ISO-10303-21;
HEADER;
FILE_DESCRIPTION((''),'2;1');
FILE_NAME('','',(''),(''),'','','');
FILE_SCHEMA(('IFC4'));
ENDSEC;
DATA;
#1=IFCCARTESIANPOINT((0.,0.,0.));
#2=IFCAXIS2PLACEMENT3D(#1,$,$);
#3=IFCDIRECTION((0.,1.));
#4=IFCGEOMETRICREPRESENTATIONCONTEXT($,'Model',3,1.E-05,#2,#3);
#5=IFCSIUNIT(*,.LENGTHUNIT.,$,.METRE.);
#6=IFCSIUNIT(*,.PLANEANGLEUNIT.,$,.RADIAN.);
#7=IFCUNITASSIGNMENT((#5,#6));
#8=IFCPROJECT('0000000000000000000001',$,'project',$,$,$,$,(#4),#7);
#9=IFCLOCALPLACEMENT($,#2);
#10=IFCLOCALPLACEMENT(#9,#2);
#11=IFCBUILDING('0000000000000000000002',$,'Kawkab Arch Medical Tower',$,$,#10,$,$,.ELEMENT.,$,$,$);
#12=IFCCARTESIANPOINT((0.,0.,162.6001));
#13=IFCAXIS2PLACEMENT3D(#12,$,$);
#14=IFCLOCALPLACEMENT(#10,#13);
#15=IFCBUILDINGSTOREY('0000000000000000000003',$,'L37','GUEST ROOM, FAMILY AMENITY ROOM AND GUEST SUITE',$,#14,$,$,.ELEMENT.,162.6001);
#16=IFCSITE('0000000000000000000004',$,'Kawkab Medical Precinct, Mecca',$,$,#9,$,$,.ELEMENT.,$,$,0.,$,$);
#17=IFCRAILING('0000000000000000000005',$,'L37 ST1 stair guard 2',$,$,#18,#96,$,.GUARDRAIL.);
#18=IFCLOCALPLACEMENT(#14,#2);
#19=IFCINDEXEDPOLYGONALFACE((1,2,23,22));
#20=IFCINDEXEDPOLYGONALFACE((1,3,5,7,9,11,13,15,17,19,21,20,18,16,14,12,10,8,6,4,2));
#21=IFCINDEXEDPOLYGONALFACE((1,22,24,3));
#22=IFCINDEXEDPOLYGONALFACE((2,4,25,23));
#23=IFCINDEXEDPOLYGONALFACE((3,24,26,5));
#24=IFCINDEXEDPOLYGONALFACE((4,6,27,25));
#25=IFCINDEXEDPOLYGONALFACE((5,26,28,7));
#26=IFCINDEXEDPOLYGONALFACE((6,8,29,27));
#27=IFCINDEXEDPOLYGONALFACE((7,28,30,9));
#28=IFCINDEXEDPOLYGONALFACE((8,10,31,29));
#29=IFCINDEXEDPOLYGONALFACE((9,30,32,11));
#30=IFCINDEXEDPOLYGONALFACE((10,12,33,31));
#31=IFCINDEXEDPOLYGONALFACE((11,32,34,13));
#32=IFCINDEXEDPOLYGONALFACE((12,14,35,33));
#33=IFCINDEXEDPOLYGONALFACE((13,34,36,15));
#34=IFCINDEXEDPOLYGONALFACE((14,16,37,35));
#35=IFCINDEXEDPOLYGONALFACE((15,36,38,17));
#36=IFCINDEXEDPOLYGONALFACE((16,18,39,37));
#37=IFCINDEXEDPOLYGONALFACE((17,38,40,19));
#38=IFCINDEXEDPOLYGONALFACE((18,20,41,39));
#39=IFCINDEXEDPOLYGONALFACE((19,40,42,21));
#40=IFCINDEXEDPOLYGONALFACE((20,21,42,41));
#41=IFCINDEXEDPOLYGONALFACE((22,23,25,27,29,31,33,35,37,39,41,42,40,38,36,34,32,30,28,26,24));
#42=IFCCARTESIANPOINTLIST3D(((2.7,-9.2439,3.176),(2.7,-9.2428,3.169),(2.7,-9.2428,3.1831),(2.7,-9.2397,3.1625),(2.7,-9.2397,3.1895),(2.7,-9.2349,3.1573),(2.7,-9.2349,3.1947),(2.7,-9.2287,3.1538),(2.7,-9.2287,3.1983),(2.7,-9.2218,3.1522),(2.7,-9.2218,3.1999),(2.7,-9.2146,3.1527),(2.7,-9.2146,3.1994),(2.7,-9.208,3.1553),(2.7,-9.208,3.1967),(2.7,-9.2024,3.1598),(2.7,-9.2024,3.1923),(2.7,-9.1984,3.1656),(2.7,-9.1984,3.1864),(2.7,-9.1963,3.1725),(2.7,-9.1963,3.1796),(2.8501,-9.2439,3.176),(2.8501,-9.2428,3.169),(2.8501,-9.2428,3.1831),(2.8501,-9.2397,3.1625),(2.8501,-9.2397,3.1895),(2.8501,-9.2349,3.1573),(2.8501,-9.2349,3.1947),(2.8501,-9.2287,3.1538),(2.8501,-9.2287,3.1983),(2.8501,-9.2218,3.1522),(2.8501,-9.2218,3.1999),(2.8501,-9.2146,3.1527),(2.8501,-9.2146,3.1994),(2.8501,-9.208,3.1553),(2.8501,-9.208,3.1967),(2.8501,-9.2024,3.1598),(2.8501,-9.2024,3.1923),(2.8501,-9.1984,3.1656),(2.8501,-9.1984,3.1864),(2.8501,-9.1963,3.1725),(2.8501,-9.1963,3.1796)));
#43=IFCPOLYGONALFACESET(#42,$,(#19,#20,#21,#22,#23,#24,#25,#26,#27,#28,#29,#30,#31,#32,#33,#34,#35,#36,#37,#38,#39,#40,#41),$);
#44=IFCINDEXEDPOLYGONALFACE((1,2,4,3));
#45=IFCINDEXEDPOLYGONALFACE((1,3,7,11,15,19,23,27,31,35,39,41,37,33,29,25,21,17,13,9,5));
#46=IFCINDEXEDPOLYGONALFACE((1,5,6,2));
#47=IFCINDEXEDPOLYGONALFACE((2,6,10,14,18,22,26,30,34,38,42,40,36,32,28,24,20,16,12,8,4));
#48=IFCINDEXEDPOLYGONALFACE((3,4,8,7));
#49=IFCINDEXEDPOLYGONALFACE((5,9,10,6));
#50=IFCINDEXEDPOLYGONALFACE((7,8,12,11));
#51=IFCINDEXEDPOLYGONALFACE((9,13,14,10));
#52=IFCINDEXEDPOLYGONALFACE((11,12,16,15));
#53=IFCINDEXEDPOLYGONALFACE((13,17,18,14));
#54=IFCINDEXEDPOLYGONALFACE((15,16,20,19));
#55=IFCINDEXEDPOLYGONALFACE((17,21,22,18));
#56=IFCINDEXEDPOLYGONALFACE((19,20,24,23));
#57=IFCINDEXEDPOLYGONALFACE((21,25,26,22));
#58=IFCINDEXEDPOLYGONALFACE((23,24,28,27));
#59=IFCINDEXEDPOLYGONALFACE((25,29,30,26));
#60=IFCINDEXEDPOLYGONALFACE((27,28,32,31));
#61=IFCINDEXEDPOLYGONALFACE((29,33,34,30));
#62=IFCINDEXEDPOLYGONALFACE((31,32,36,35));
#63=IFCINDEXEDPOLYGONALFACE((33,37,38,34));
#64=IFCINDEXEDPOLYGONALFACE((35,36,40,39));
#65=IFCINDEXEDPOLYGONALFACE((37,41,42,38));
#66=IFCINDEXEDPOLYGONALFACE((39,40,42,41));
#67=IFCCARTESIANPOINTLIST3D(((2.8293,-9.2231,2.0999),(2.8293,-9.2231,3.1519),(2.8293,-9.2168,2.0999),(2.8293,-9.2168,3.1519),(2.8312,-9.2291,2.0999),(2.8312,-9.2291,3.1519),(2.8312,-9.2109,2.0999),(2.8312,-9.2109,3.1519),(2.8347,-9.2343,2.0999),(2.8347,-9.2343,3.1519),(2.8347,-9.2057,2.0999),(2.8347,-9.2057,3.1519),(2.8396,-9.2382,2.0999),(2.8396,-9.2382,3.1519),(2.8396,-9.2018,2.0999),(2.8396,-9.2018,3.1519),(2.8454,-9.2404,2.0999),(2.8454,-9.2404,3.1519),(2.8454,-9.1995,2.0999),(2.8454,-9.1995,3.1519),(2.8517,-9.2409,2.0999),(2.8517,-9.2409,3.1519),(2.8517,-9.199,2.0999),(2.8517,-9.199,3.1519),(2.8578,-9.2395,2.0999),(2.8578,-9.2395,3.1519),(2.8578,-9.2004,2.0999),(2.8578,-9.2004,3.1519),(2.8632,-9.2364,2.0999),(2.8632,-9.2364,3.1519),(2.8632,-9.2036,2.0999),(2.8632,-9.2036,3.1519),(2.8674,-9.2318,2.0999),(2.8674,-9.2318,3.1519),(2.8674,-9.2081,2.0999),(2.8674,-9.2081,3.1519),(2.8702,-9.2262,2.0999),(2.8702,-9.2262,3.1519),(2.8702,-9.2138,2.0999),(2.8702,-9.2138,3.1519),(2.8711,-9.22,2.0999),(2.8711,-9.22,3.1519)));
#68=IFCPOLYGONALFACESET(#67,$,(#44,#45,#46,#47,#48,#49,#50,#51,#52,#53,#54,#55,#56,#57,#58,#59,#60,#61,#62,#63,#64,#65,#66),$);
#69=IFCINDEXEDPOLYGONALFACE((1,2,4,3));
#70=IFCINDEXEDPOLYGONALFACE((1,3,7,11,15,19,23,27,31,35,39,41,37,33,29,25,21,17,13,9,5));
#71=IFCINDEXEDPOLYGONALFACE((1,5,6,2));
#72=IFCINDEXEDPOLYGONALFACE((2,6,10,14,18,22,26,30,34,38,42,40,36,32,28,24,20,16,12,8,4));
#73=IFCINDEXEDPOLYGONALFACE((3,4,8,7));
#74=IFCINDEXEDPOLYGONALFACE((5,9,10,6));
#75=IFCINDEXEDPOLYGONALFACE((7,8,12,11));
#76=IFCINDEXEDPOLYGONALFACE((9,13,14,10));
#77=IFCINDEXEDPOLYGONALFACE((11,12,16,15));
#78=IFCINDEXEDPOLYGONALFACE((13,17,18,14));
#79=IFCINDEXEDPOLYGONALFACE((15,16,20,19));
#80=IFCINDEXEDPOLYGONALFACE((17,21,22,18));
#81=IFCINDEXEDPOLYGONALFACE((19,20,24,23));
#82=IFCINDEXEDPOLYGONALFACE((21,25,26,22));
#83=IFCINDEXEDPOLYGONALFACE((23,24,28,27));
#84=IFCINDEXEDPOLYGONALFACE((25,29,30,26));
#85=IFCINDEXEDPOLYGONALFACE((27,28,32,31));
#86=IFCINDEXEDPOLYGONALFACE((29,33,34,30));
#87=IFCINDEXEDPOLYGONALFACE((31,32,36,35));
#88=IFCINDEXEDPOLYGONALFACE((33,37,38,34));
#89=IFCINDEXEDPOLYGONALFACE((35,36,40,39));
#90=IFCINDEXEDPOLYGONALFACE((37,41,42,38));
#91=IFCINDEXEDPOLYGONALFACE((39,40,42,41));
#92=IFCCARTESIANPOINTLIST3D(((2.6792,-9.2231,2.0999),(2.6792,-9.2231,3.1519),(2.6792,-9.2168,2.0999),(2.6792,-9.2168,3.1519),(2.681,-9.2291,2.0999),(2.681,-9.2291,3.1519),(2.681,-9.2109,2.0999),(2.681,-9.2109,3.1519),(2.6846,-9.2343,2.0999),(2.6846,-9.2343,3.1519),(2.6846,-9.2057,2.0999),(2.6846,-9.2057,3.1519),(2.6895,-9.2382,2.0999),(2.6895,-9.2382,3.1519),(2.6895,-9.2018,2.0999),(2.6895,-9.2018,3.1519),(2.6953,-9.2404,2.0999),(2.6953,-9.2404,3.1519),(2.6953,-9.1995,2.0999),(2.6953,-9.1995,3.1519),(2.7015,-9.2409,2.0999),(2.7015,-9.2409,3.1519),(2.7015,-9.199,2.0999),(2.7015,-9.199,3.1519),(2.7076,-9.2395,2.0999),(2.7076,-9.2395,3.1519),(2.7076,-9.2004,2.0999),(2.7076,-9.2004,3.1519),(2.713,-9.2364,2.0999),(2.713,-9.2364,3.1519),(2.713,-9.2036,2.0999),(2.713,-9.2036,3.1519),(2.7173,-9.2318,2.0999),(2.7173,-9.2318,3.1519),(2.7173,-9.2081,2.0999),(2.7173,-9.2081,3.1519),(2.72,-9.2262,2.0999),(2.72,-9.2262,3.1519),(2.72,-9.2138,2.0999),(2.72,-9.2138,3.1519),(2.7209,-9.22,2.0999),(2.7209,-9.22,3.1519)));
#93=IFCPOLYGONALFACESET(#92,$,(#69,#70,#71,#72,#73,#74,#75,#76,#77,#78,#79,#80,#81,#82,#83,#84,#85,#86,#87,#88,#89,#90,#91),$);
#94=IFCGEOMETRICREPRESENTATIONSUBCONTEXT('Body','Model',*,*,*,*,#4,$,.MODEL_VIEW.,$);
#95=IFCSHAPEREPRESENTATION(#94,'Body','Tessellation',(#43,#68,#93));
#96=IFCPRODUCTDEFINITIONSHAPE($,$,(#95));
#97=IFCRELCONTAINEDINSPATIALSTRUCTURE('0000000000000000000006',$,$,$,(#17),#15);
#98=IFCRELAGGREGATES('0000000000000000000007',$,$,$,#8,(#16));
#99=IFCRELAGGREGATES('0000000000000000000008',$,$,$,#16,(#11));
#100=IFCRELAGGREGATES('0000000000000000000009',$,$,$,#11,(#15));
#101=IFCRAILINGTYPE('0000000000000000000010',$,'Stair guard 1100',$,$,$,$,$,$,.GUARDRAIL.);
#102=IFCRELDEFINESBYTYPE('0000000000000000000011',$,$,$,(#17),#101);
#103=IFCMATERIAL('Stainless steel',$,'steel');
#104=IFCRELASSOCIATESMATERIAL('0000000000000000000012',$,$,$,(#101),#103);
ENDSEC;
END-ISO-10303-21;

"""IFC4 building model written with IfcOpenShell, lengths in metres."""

from ifc_helpers import new_model, si_unit, direction, frame, origin, origin_2d, place, context, subcontext, project, spatial, circle, extrude, material, type_object, element, save


model = new_model("IFC4")

# Units and contexts
model_context = context("Model", 3, precision=1e-05, world=origin(), true_north=direction((0.0, 1.0)))
body_context = subcontext(model_context, "Body", "Model", "MODEL_VIEW")
ifc_project = project(units=[si_unit("LENGTHUNIT", "METRE"), si_unit("PLANEANGLEUNIT", "RADIAN")], contexts=[model_context])

# Site, building, storey
site_placement = place(None, origin())
site = spatial("IfcSite", under=ifc_project, at=site_placement, Name="Kawkab Medical Precinct, Mecca", CompositionType="ELEMENT", RefElevation=0.0)
building_placement = place(site_placement, origin())
building = spatial("IfcBuilding", under=site, at=building_placement, Name="Kawkab Arch Medical Tower", CompositionType="ELEMENT")
storey_placement = place(building_placement, frame((0.0, 0.0, 162.6001)))
storey = spatial("IfcBuildingStorey", under=building, at=storey_placement, Name="L37", Description="GUEST ROOM, FAMILY AMENITY ROOM AND GUEST SUITE", CompositionType="ELEMENT", Elevation=162.6001)

# Railing
ifc_material_1 = material(Name="Stainless steel", Category="steel")
railing_type_1 = type_object("IfcRailingType", Name="Stair guard 1100", PredefinedType="GUARDRAIL", material=ifc_material_1)
railing_1_placement = place(storey_placement, frame((2.8501, -9.22, 2.0999)))
element("IfcRailing", 1, at=railing_1_placement, inside=storey, type_object=railing_type_1, Name="L37 ST1 stair guard 2", PredefinedType="GUARDRAIL", context=body_context, shape_type="SweptSolid", body=[
    extrude(circle(Radius=0.0239, at=origin_2d()), frame((0.0, 0.0, 1.0762), z_axis=(-1.0, 0.0, 0.0), x_axis=(0.0, -1.0, 0.0)), (0.0, 0.0, 1.0), 0.1501),
    extrude(circle(Radius=0.021, at=origin_2d()), origin(), (0.0, 0.0, 1.0), 1.052),
    extrude(circle(Radius=0.021, at=origin_2d()), frame((-0.1501, 0.0, 0.0)), (0.0, 0.0, 1.0), 1.052),
])

save(model, "model.ifc")
